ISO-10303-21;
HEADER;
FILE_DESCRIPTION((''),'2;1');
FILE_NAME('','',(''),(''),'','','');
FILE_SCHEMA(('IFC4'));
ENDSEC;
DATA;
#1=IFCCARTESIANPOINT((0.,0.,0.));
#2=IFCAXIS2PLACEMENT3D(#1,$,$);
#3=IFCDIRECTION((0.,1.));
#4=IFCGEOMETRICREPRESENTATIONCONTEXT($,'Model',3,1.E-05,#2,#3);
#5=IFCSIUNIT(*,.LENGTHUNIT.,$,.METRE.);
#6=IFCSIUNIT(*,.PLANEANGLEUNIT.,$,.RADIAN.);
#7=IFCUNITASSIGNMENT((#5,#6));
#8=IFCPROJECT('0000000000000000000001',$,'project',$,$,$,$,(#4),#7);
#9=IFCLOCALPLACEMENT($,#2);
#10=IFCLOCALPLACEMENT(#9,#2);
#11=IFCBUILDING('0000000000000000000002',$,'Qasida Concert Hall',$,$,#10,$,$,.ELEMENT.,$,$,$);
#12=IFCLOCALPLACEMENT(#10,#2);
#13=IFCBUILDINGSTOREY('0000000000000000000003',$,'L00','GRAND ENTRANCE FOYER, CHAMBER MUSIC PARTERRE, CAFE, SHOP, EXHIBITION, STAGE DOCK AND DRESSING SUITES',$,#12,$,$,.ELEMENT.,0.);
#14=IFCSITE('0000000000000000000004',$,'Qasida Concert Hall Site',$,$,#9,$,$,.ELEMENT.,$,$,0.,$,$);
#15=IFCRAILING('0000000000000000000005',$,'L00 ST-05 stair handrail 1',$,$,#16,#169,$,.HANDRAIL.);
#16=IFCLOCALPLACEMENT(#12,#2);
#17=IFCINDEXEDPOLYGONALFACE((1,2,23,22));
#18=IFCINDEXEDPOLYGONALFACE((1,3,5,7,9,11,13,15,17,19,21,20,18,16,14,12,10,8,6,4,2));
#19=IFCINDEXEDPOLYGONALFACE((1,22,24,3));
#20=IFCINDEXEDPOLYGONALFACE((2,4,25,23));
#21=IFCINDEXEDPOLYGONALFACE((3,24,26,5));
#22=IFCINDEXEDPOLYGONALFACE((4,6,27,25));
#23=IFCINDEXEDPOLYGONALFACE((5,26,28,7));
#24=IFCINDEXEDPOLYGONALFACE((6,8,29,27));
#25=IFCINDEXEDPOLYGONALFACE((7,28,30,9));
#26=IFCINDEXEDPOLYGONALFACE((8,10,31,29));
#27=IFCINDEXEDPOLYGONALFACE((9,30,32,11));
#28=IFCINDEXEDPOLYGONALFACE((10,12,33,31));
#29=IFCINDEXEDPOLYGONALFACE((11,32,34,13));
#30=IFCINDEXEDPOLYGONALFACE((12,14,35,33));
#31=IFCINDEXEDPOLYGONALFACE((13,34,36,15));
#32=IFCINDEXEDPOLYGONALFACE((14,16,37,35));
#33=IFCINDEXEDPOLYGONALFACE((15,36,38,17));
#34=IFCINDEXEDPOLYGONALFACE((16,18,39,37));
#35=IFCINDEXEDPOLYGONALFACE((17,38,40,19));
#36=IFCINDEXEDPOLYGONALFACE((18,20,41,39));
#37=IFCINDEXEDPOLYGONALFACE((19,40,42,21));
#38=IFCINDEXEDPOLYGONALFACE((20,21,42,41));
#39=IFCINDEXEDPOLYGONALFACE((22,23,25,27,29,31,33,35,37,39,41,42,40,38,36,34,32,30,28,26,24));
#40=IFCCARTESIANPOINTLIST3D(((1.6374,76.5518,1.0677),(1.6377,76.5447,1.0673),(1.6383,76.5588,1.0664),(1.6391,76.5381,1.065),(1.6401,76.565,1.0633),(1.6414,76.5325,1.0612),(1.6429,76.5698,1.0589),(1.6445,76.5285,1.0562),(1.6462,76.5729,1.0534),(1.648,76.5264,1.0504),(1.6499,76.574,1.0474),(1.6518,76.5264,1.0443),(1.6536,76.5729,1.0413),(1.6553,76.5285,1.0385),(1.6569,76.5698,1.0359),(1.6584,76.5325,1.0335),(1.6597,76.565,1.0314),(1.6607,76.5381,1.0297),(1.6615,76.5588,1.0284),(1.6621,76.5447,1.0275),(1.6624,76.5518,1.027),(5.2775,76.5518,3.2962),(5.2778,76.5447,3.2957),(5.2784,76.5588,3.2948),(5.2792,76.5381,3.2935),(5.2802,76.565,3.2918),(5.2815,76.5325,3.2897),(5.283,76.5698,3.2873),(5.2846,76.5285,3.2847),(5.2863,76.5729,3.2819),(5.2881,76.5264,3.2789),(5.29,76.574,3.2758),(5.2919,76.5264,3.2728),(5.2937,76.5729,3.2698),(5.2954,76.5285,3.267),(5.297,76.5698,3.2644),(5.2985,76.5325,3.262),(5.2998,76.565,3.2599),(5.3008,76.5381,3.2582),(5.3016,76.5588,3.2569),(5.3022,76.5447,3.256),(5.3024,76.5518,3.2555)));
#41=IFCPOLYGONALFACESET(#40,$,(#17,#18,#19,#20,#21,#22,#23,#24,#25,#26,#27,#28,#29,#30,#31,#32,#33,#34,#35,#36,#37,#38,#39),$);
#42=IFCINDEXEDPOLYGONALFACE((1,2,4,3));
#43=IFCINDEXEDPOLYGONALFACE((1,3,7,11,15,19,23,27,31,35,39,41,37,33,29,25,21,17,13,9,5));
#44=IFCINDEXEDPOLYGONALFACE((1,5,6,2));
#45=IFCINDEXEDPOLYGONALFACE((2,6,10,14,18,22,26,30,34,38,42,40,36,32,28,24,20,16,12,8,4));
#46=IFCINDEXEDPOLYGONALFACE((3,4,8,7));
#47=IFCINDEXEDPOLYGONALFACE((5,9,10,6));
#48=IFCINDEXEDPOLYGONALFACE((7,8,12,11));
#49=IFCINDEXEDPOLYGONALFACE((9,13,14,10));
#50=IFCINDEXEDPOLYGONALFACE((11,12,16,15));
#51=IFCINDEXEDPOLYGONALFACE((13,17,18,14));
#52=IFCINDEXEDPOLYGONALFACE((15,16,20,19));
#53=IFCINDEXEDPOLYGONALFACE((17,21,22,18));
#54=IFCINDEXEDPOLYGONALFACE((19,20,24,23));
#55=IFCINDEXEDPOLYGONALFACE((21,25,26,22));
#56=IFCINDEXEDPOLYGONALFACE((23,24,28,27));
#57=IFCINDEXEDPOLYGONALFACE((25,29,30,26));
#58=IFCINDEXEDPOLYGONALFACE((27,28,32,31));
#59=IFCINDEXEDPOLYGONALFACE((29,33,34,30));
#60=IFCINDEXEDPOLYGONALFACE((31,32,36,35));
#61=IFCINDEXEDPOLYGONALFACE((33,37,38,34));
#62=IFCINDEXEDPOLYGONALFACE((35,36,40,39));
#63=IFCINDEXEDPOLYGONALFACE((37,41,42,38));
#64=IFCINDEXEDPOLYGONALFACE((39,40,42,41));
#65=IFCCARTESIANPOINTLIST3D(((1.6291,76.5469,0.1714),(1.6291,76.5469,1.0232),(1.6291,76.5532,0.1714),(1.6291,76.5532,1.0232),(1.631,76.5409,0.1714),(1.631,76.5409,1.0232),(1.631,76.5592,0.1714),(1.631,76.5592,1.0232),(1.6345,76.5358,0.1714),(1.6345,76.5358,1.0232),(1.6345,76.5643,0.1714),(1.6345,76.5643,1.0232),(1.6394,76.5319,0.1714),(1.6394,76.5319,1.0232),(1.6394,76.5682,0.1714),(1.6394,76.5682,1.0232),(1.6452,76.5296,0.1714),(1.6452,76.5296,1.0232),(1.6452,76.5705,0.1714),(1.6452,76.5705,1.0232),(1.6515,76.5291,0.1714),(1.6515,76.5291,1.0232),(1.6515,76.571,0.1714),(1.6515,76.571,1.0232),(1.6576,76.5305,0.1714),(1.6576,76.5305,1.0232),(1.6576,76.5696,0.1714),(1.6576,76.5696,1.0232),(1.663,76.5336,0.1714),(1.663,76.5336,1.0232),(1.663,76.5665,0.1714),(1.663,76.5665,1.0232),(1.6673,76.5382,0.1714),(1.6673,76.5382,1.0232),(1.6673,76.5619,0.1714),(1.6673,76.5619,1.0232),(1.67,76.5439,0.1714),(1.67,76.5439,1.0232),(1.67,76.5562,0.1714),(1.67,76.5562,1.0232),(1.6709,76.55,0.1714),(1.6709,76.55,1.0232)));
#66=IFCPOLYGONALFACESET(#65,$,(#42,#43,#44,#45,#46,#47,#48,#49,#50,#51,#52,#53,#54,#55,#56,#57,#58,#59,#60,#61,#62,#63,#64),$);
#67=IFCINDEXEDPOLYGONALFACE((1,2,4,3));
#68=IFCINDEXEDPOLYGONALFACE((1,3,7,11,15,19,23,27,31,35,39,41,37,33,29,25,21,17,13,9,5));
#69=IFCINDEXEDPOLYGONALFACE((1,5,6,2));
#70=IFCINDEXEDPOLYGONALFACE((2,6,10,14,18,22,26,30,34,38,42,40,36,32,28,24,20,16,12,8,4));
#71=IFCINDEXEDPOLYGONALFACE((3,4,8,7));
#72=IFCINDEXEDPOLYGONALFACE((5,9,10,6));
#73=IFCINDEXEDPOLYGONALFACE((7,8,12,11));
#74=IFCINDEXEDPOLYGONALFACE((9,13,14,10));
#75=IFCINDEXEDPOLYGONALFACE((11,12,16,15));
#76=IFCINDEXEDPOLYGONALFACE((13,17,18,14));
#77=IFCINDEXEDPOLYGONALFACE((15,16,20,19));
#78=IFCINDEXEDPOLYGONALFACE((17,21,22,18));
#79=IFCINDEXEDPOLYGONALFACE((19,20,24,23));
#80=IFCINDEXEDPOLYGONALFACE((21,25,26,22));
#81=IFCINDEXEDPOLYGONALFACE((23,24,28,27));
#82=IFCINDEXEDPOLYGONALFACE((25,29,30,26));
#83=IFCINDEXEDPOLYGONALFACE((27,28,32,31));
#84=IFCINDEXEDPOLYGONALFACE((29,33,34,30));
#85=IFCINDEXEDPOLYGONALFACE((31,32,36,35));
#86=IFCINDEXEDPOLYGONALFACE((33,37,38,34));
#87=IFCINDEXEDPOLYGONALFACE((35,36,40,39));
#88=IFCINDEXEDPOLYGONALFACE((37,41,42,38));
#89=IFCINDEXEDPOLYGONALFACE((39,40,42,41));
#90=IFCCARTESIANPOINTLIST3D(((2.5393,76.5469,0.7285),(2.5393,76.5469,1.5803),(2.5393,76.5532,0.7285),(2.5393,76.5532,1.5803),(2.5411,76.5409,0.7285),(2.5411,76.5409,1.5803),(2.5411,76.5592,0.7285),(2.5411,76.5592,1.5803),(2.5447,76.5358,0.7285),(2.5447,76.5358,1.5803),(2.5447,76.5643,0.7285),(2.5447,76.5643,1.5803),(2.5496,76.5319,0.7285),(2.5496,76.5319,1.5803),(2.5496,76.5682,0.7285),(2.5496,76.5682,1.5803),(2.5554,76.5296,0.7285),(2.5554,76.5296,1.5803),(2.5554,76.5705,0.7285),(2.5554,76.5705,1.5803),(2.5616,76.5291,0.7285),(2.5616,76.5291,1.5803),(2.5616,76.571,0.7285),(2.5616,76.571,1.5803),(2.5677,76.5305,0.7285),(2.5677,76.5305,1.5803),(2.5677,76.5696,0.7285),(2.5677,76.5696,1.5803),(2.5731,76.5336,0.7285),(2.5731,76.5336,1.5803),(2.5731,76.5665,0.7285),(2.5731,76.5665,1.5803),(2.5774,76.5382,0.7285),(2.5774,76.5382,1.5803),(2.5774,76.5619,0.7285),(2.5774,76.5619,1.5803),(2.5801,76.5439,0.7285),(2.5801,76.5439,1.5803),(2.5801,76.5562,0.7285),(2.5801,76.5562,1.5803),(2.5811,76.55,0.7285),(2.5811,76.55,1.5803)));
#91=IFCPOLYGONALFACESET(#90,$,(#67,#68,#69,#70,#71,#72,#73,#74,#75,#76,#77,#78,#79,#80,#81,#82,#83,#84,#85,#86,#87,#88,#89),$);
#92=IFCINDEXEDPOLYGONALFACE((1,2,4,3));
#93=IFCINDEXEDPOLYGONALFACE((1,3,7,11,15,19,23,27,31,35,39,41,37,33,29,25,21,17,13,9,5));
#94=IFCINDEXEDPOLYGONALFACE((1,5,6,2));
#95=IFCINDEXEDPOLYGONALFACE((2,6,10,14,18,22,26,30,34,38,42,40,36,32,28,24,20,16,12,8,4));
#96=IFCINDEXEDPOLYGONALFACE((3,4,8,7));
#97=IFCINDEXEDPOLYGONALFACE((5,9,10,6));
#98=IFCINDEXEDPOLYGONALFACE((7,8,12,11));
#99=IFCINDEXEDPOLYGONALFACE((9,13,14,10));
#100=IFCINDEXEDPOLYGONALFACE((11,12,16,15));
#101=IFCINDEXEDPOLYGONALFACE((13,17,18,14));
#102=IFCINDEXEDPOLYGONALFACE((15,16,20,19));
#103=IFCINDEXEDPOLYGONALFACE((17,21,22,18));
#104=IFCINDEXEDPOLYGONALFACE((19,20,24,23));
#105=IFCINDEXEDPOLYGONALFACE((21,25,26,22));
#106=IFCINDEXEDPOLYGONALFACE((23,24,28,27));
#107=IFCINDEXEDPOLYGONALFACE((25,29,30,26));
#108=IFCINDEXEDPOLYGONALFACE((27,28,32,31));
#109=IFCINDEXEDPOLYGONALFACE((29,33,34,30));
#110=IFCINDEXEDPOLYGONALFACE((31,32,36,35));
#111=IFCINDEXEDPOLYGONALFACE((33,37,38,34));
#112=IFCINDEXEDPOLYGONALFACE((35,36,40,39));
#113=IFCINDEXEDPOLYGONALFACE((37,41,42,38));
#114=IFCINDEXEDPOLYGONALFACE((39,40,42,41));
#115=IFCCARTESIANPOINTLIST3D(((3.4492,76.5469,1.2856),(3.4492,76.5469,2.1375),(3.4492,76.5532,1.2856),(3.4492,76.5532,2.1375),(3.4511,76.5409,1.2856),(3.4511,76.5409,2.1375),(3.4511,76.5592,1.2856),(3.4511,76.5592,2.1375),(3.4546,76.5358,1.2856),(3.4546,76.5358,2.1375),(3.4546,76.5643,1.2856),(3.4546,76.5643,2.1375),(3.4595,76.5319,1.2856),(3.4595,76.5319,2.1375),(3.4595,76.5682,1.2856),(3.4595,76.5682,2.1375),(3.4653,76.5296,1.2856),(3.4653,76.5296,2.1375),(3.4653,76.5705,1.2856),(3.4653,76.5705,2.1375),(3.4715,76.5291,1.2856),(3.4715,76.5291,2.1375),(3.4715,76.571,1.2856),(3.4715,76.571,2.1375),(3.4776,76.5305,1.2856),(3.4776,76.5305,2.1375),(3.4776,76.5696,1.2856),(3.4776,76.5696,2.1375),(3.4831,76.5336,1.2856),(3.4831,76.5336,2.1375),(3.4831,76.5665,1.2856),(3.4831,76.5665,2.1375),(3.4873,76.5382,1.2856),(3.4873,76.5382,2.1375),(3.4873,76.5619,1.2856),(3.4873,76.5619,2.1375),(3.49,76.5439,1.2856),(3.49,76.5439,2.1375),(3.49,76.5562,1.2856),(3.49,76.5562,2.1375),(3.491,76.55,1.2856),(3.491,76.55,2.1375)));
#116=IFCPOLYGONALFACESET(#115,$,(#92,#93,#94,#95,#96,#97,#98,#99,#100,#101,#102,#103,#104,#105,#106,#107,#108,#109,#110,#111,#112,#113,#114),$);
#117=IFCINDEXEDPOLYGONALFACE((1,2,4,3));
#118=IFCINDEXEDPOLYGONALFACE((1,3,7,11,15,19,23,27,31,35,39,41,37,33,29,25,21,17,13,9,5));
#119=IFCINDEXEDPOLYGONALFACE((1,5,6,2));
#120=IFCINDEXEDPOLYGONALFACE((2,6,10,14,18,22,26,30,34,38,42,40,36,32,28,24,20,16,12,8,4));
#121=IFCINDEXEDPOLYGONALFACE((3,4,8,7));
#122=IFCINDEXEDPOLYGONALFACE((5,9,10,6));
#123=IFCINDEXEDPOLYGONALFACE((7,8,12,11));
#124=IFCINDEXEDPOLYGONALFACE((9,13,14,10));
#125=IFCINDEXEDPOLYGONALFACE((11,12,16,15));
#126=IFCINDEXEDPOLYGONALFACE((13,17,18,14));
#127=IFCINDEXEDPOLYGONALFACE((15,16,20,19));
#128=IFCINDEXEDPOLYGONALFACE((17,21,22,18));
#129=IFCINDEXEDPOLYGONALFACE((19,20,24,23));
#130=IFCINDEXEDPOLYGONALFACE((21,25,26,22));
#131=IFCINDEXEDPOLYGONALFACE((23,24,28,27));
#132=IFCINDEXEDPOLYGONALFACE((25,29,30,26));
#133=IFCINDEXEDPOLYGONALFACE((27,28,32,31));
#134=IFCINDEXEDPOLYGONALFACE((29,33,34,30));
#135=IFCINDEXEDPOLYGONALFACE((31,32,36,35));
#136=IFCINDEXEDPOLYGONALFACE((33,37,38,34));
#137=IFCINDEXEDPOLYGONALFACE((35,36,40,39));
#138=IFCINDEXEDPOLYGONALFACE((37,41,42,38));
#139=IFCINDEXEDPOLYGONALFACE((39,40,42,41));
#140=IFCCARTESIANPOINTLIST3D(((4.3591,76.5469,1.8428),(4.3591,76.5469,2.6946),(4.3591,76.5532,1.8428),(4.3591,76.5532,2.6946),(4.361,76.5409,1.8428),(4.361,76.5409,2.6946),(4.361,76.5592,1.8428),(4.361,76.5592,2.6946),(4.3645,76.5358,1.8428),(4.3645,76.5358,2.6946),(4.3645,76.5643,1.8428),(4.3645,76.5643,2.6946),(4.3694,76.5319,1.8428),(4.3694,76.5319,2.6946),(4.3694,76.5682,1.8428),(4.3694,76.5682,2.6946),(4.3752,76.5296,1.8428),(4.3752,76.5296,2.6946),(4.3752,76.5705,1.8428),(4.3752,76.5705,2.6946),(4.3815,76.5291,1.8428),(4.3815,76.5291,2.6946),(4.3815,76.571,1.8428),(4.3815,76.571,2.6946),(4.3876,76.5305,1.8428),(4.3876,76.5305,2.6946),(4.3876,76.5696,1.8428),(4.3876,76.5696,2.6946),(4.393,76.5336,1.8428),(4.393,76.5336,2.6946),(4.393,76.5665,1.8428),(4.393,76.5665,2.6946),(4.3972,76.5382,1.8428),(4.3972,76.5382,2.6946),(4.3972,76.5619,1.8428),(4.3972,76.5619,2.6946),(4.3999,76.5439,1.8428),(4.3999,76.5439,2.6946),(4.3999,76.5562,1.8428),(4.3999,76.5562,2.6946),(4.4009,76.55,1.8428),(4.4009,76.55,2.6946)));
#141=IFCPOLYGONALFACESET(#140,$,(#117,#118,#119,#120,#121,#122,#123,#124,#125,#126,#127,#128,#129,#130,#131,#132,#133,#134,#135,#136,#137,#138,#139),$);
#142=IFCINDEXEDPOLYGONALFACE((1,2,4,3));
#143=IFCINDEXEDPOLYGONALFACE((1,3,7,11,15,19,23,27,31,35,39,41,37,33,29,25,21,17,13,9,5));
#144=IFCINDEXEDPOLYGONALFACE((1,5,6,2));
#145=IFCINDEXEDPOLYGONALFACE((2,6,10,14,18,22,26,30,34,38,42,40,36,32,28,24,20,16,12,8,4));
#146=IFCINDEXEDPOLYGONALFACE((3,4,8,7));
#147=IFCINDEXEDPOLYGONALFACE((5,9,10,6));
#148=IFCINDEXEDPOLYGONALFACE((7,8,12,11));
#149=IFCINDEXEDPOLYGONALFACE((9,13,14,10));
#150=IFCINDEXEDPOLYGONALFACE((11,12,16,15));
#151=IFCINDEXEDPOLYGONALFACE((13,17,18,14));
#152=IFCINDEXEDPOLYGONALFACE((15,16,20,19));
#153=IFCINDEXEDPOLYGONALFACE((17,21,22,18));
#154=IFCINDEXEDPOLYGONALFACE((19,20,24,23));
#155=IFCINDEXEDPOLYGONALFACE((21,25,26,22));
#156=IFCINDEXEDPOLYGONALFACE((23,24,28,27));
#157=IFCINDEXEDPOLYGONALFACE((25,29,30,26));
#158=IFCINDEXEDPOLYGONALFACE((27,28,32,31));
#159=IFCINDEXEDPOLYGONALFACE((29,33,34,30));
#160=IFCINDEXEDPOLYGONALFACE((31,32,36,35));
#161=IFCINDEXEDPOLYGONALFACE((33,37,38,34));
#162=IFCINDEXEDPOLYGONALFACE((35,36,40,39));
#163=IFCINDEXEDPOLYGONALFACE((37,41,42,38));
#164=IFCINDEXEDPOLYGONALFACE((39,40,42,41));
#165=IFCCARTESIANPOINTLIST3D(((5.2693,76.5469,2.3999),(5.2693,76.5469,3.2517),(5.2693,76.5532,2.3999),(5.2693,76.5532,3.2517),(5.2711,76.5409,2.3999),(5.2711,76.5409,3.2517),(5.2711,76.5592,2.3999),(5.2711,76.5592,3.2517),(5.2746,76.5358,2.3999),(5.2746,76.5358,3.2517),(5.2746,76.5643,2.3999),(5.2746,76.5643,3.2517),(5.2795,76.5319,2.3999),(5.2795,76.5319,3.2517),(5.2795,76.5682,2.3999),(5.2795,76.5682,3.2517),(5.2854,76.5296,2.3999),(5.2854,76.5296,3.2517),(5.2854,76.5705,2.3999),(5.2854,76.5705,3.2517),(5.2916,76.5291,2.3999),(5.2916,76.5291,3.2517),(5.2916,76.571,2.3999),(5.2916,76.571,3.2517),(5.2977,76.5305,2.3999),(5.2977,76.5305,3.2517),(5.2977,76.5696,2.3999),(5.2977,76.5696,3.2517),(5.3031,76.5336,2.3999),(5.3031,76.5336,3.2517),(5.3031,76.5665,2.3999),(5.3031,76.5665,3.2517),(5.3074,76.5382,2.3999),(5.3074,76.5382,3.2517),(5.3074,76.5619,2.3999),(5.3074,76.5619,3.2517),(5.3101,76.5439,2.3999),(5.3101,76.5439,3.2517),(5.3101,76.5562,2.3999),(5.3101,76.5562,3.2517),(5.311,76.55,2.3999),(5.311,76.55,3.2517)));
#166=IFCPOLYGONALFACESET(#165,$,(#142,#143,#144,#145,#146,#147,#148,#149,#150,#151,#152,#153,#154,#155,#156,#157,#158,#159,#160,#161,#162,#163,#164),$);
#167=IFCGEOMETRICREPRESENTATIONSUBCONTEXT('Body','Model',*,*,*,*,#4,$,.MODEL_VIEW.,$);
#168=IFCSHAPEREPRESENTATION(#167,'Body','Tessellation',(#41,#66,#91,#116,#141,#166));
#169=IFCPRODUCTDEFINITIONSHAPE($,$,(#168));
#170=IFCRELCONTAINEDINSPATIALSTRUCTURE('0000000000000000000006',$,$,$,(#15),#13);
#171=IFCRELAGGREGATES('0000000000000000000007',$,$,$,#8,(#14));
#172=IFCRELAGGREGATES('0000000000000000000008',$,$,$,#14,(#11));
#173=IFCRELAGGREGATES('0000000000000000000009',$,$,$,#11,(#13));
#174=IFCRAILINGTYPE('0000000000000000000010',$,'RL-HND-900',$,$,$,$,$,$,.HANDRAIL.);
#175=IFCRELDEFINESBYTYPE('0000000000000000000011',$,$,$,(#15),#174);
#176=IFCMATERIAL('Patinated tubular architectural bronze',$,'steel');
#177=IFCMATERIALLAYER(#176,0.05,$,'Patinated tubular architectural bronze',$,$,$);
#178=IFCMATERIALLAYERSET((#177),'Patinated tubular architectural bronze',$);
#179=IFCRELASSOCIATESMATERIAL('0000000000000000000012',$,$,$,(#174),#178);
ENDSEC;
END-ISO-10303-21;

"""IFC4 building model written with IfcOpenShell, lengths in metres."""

from ifc_helpers import new_model, si_unit, direction, frame, origin, origin_2d, place, context, subcontext, project, spatial, circle, extrude, material, layer, layer_set, type_object, element, save


model = new_model("IFC4")

# Units and contexts
model_context = context("Model", 3, precision=1e-05, world=origin(), true_north=direction((0.0, 1.0)))
body_context = subcontext(model_context, "Body", "Model", "MODEL_VIEW")
ifc_project = project(units=[si_unit("LENGTHUNIT", "METRE"), si_unit("PLANEANGLEUNIT", "RADIAN")], contexts=[model_context])

# Site, building, storey
site_placement = place(None, origin())
site = spatial("IfcSite", under=ifc_project, at=site_placement, Name="Qasida Concert Hall Site", CompositionType="ELEMENT", RefElevation=0.0)
building_placement = place(site_placement, origin())
building = spatial("IfcBuilding", under=site, at=building_placement, Name="Qasida Concert Hall", CompositionType="ELEMENT")
storey_placement = place(building_placement, origin())
storey = spatial("IfcBuildingStorey", under=building, at=storey_placement, Name="L00", Description="GRAND ENTRANCE FOYER, CHAMBER MUSIC PARTERRE, CAFE, SHOP, EXHIBITION, STAGE DOCK AND DRESSING SUITES", CompositionType="ELEMENT", Elevation=0.0)

# Railing
ifc_material_1 = material(Name="Patinated tubular architectural bronze", Category="steel")
ifc_layer_1 = layer(ifc_material_1, 0.05, Name="Patinated tubular architectural bronze")
ifc_layer_set_1 = layer_set([ifc_layer_1], Name="Patinated tubular architectural bronze")
railing_type_1 = type_object("IfcRailingType", Name="RL-HND-900", PredefinedType="HANDRAIL", material=ifc_layer_set_1)
railing_1_placement = place(storey_placement, frame((1.6499, 76.55, 0.1714)))
element("IfcRailing", 1, at=railing_1_placement, inside=storey, type_object=railing_type_1, Name="L00 ST-05 stair handrail 1", PredefinedType="HANDRAIL", context=body_context, shape_type="SweptSolid", body=[
    extrude(circle(Radius=0.0239, at=origin_2d()), frame((0.0, 0.0, 0.876), z_axis=(0.852866, 0.0, 0.52213), x_axis=(0.0, 1.0, 0.0)), (0.0, 0.0, 1.0), 4.2681),
    extrude(circle(Radius=0.021, at=origin_2d()), origin(), (0.0, 0.0, 1.0), 0.8518),
    extrude(circle(Radius=0.021, at=origin_2d()), frame((0.9102, 0.0, 0.5571)), (0.0, 0.0, 1.0), 0.8518),
    extrude(circle(Radius=0.021, at=origin_2d()), frame((1.8201, 0.0, 1.1143)), (0.0, 0.0, 1.0), 0.8518),
    extrude(circle(Radius=0.021, at=origin_2d()), frame((2.73, 0.0, 1.6714)), (0.0, 0.0, 1.0), 0.8518),
    extrude(circle(Radius=0.021, at=origin_2d()), frame((3.6401, 0.0, 2.2285)), (0.0, 0.0, 1.0), 0.8518),
])

save(model, "model.ifc")
